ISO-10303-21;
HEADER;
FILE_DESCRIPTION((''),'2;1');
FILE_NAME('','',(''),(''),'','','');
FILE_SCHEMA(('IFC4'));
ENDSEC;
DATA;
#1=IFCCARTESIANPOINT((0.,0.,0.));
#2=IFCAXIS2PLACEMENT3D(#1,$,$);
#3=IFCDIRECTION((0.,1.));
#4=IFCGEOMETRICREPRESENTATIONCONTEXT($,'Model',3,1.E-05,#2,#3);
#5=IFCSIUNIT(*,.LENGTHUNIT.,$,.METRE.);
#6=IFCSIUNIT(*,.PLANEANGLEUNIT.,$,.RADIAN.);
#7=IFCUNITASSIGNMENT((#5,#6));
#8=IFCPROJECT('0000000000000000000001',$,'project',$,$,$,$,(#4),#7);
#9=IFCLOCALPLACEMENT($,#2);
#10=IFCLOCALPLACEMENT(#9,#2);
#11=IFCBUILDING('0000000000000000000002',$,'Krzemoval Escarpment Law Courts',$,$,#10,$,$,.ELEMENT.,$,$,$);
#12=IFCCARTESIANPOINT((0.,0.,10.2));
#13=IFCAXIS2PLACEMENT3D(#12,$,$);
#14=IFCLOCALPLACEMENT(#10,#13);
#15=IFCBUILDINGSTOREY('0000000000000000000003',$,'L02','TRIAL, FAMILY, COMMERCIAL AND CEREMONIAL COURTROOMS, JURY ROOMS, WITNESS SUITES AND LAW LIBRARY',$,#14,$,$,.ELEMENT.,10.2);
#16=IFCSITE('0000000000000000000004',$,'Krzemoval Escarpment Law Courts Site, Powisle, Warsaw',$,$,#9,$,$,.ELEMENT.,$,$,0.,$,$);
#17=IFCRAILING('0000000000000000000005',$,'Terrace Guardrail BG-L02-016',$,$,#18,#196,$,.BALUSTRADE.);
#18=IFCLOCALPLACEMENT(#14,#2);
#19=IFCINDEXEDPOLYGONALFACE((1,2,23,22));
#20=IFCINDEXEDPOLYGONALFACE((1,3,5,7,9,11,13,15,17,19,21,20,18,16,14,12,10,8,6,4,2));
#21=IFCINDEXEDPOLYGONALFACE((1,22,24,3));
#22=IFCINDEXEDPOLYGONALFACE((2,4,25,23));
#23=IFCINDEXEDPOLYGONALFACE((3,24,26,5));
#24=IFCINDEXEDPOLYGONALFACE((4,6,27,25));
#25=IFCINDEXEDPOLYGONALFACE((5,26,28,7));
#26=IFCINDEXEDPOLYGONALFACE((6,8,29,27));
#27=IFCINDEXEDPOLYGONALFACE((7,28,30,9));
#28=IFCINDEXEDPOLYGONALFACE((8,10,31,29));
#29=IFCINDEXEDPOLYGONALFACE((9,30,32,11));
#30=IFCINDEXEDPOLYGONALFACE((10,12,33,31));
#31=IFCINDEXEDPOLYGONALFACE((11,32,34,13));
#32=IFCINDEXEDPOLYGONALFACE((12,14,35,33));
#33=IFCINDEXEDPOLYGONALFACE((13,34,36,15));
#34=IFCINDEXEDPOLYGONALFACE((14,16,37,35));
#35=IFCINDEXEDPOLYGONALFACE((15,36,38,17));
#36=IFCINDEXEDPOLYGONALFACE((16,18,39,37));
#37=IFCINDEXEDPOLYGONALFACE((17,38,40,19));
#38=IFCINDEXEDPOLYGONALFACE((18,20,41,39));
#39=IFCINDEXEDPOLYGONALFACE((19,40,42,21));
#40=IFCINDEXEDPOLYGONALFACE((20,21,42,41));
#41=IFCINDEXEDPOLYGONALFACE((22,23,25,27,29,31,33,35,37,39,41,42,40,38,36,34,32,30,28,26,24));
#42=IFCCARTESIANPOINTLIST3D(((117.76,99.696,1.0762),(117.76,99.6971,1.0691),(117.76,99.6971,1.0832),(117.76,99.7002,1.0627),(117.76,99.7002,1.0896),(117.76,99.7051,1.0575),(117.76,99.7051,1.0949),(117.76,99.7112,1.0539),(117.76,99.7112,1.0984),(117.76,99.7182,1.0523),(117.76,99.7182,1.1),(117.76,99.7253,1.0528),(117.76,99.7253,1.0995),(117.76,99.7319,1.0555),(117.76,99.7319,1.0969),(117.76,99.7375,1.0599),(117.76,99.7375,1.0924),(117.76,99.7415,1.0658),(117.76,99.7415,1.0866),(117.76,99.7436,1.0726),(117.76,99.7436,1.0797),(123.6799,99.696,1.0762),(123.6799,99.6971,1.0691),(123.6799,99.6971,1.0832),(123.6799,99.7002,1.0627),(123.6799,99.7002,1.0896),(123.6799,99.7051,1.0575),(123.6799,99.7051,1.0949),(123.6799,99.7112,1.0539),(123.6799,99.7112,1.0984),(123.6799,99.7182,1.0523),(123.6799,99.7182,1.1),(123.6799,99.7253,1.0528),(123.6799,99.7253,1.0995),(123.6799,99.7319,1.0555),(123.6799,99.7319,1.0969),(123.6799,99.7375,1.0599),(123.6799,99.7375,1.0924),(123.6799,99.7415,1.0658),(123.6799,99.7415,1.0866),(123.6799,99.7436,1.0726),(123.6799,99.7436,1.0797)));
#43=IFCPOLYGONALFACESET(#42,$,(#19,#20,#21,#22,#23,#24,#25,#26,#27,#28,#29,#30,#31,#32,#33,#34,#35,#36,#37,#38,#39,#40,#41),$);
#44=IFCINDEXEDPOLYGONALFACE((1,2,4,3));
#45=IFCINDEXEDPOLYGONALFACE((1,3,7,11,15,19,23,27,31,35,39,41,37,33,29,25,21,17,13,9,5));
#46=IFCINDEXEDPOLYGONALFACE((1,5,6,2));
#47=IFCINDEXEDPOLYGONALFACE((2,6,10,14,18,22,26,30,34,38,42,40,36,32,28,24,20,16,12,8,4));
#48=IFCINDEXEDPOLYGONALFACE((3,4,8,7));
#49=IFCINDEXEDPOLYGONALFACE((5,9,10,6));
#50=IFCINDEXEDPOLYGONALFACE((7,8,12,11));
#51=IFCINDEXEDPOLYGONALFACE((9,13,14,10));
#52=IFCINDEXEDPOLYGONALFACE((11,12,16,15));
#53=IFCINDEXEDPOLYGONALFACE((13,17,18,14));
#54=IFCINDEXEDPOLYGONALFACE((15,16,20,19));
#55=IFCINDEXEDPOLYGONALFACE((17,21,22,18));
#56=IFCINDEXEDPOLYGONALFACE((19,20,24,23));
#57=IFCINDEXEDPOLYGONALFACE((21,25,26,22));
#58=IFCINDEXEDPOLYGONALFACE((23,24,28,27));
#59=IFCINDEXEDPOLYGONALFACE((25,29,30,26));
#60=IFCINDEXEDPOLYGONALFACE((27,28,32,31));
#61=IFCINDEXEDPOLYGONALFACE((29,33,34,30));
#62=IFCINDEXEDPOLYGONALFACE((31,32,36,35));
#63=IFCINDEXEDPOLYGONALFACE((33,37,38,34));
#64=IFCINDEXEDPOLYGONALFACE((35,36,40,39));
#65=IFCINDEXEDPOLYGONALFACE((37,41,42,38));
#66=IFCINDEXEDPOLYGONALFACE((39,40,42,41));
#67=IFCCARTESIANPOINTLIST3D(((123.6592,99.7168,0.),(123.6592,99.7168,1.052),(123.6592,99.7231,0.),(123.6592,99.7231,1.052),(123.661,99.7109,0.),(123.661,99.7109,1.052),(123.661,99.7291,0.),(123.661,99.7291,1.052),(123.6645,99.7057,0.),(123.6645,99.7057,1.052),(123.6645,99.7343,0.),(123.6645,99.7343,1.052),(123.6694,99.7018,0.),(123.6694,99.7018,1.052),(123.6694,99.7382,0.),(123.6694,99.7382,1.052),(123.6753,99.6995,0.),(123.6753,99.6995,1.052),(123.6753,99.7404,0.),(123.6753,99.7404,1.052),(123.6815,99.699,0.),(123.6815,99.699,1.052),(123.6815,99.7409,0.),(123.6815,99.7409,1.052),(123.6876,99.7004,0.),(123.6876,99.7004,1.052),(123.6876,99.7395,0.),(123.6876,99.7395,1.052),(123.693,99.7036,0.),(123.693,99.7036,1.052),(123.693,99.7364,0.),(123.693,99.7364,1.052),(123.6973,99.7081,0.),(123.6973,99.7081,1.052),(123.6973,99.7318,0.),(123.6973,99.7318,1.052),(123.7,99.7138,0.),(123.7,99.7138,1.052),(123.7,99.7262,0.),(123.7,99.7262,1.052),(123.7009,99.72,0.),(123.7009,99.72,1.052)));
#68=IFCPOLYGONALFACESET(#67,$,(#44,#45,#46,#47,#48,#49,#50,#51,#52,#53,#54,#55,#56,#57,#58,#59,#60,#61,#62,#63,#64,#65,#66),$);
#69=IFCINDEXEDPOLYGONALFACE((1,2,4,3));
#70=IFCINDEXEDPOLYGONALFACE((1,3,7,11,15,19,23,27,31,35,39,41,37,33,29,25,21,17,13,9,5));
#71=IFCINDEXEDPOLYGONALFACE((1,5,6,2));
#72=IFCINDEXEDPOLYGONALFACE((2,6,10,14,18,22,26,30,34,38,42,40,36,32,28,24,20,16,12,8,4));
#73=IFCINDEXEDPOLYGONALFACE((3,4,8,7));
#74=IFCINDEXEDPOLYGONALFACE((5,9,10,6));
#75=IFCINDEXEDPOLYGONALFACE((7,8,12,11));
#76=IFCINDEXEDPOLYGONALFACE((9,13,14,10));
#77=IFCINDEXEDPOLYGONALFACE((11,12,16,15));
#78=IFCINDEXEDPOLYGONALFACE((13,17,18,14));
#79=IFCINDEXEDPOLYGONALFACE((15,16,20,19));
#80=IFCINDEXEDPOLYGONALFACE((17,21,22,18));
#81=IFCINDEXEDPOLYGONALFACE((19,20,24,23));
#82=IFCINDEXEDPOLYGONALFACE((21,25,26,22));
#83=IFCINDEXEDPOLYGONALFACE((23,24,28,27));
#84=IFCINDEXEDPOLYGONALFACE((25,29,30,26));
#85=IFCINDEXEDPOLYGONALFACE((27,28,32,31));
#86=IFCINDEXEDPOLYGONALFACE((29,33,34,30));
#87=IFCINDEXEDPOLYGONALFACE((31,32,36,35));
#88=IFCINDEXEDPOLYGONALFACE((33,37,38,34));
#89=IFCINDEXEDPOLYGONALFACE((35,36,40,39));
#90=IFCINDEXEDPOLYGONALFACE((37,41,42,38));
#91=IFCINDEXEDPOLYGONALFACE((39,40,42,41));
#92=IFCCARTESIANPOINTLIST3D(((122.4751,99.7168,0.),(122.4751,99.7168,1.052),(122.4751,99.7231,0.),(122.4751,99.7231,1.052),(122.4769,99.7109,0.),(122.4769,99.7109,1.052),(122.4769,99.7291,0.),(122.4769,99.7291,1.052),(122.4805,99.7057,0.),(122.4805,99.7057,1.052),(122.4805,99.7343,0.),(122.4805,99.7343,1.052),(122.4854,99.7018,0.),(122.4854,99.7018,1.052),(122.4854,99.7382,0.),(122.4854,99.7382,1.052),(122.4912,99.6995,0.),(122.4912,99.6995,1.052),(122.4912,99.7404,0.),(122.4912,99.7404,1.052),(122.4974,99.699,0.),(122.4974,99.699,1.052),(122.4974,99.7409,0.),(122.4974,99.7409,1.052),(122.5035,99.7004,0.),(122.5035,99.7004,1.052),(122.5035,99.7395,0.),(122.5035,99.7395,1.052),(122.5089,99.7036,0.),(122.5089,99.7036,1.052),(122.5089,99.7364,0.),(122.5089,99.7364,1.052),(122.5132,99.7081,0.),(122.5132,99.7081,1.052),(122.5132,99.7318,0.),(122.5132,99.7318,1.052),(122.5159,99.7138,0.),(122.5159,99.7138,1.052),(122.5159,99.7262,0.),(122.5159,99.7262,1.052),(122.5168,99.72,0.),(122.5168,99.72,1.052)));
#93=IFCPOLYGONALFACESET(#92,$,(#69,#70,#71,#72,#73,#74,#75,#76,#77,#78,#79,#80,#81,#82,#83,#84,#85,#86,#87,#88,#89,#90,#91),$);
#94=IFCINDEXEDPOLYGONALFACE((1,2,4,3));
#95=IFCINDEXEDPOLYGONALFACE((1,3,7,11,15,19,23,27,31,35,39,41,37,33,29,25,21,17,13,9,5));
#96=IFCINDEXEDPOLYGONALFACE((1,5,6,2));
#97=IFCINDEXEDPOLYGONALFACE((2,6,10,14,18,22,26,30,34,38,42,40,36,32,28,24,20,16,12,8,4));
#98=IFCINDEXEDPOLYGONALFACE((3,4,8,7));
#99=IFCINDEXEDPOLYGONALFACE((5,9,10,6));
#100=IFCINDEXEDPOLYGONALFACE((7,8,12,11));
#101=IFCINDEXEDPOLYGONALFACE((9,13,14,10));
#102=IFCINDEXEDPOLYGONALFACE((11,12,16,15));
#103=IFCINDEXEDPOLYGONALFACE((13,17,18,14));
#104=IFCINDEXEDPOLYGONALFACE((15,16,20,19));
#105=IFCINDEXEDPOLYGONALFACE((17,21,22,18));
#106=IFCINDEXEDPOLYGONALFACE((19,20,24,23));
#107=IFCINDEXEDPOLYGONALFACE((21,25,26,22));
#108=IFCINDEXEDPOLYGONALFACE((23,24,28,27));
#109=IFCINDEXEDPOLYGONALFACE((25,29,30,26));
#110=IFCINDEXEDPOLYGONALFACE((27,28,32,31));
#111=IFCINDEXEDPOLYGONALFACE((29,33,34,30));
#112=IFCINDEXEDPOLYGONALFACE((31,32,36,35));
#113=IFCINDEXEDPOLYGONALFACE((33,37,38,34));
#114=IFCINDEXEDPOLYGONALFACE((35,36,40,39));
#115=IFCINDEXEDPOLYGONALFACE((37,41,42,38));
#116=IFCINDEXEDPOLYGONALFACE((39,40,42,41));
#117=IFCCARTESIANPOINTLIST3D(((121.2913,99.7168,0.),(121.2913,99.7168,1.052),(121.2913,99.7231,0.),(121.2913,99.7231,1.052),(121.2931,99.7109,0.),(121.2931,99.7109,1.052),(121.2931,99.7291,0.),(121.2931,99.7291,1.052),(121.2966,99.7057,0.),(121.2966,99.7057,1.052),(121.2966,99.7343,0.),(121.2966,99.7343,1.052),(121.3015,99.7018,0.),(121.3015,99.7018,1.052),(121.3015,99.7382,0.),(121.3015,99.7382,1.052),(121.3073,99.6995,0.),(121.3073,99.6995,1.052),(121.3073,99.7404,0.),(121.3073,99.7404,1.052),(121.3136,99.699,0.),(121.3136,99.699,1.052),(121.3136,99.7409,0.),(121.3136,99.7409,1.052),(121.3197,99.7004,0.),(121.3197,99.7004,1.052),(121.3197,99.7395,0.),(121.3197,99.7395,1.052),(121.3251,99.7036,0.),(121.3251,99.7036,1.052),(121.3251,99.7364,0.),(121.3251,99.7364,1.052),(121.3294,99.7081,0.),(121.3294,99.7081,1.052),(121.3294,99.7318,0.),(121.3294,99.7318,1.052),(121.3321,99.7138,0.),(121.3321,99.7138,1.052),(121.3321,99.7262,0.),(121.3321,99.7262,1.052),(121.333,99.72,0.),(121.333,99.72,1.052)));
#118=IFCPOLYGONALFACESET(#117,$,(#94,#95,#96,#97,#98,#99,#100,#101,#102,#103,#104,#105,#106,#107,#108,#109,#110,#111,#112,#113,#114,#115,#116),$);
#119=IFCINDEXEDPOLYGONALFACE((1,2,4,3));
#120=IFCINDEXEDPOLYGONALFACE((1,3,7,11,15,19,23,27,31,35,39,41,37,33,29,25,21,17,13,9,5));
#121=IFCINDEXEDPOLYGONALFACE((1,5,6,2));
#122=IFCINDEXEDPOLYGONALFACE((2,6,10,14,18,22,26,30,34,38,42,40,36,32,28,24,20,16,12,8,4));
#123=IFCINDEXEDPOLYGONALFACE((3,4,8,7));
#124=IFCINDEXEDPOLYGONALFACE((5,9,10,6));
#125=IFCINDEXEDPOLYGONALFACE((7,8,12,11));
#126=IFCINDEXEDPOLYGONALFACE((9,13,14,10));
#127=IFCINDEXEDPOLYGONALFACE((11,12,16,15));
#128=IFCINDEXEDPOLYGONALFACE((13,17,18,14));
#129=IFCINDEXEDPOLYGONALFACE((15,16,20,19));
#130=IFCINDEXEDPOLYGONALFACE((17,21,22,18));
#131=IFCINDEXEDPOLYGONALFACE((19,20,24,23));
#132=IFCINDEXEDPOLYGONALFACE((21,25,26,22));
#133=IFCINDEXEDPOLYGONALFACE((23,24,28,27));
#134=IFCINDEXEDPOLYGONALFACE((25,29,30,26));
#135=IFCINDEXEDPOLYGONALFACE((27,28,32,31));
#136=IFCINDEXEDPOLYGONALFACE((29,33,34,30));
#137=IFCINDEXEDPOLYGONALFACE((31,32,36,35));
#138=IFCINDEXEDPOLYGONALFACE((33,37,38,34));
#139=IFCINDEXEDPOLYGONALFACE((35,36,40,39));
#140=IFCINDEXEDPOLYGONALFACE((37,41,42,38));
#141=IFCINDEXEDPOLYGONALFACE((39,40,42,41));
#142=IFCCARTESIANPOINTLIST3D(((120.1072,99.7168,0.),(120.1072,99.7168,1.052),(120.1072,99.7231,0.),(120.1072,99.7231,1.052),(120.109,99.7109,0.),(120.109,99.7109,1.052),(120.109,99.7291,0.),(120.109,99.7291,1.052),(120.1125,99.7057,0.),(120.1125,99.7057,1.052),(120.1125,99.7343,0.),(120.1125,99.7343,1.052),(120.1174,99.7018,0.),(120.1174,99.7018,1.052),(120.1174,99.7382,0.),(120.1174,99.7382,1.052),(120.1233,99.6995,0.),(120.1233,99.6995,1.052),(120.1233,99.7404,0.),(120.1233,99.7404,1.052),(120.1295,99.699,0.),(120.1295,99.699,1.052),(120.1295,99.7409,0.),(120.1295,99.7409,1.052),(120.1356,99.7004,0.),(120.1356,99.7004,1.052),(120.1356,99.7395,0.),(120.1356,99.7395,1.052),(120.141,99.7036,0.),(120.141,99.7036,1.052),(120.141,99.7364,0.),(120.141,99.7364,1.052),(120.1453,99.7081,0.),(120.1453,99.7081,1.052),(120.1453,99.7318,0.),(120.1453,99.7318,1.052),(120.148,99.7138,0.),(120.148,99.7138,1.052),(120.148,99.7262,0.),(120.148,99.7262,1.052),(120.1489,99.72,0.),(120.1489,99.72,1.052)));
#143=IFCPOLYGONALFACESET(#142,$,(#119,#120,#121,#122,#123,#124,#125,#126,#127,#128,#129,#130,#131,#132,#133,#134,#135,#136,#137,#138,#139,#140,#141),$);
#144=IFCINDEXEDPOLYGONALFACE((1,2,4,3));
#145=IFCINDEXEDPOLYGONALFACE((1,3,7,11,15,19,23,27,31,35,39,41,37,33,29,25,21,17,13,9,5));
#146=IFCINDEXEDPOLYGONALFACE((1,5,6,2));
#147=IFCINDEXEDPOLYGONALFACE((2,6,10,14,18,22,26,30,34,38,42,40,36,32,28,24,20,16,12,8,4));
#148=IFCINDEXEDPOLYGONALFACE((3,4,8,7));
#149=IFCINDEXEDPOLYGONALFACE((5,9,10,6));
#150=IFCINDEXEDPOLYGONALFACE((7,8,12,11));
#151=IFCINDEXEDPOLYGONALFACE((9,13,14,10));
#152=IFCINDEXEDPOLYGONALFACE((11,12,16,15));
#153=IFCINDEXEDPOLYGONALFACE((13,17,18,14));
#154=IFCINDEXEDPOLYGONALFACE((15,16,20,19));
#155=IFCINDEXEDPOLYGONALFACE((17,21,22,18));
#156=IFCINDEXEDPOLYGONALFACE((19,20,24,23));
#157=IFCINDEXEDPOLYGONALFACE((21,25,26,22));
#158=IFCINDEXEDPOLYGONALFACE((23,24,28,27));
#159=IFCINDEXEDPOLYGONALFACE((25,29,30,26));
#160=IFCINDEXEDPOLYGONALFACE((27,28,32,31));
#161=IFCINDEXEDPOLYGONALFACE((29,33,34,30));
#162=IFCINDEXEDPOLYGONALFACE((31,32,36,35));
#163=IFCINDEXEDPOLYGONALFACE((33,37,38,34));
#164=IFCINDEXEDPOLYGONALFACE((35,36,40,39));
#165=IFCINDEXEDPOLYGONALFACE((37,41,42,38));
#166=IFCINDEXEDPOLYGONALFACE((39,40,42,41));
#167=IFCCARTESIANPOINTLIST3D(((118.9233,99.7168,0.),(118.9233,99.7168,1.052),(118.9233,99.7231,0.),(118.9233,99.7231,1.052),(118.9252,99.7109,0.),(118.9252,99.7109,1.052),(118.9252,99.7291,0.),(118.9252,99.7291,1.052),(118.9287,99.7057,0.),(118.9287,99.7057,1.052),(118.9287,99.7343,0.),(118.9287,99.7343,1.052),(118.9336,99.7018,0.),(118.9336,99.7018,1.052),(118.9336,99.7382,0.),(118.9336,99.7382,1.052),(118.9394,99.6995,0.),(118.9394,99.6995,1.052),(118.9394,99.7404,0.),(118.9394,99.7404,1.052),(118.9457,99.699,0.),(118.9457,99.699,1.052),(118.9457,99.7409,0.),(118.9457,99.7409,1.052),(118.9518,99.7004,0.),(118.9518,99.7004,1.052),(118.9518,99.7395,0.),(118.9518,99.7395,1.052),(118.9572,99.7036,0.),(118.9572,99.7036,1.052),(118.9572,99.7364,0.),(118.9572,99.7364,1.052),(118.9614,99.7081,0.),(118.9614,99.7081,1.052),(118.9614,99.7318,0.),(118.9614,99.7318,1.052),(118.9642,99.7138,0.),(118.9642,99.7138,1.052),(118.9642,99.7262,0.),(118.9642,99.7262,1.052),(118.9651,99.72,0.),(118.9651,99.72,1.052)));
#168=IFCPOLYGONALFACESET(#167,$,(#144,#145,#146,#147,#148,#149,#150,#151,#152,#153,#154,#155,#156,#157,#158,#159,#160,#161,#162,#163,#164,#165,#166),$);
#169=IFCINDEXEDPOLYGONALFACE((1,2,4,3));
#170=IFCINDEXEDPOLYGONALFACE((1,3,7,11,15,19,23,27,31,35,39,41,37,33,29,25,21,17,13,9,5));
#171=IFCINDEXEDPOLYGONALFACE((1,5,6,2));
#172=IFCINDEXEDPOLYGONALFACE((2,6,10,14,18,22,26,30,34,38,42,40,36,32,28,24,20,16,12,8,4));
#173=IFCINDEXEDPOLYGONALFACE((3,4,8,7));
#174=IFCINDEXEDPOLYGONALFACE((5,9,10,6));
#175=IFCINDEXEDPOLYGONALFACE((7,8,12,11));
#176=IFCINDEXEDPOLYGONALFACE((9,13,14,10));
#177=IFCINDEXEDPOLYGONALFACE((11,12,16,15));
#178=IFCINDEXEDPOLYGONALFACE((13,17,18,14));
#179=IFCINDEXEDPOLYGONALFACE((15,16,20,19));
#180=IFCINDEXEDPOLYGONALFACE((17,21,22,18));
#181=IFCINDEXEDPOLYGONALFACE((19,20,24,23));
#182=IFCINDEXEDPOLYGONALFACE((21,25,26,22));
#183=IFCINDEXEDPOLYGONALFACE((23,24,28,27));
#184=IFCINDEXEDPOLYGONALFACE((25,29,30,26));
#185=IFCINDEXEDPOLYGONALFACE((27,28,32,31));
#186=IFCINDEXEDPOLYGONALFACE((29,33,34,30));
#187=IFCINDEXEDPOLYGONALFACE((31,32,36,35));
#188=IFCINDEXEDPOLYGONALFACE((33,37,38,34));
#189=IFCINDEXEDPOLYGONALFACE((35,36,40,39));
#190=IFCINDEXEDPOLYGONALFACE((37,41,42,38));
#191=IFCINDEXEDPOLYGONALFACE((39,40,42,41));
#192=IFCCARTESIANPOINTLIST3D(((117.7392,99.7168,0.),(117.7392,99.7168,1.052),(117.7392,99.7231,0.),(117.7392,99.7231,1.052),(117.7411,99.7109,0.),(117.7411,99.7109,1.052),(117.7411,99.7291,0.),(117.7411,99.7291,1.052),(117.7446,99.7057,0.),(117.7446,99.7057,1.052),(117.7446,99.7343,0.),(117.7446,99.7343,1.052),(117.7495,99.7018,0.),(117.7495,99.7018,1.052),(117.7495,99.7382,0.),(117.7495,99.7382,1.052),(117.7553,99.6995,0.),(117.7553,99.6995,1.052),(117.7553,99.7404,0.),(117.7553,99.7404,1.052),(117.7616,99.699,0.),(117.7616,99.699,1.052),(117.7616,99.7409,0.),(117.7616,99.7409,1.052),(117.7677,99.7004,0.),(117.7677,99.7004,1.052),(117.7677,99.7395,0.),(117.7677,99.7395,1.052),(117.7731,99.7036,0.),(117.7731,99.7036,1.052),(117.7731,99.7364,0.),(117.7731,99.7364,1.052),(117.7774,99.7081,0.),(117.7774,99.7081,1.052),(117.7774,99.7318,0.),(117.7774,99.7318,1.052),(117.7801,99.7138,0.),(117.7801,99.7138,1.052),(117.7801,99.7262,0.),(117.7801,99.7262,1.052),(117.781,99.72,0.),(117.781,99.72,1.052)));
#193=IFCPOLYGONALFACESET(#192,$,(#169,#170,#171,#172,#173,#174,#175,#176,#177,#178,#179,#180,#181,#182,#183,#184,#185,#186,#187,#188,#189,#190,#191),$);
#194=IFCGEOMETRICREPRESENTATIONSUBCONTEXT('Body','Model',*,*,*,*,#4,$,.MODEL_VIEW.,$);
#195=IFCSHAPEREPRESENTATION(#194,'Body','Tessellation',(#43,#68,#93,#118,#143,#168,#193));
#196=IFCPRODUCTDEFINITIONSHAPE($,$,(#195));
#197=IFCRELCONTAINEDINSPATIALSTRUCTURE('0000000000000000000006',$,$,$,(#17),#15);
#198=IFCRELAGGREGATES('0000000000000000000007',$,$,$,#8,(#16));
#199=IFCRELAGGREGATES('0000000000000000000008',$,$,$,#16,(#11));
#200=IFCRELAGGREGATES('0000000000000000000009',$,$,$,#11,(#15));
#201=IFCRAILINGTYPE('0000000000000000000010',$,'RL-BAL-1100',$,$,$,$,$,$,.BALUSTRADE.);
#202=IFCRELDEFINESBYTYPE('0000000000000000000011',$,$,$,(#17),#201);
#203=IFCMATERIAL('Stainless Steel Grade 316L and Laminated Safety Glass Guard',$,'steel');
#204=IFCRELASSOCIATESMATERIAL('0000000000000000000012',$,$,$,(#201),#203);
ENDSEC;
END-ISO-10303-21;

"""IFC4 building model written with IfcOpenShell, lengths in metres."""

from ifc_helpers import new_model, si_unit, direction, frame, origin, origin_2d, place, context, subcontext, project, spatial, circle, extrude, material, type_object, element, save


model = new_model("IFC4")

# Units and contexts
model_context = context("Model", 3, precision=1e-05, world=origin(), true_north=direction((0.0, 1.0)))
body_context = subcontext(model_context, "Body", "Model", "MODEL_VIEW")
ifc_project = project(units=[si_unit("LENGTHUNIT", "METRE"), si_unit("PLANEANGLEUNIT", "RADIAN")], contexts=[model_context])

# Site, building, storey
site_placement = place(None, origin())
site = spatial("IfcSite", under=ifc_project, at=site_placement, Name="Krzemoval Escarpment Law Courts Site, Powisle, Warsaw", CompositionType="ELEMENT", RefElevation=0.0)
building_placement = place(site_placement, origin())
building = spatial("IfcBuilding", under=site, at=building_placement, Name="Krzemoval Escarpment Law Courts", CompositionType="ELEMENT")
storey_placement = place(building_placement, frame((0.0, 0.0, 10.2)))
storey = spatial("IfcBuildingStorey", under=building, at=storey_placement, Name="L02", Description="TRIAL, FAMILY, COMMERCIAL AND CEREMONIAL COURTROOMS, JURY ROOMS, WITNESS SUITES AND LAW LIBRARY", CompositionType="ELEMENT", Elevation=10.2)

# Railing
ifc_material_1 = material(Name="Stainless Steel Grade 316L and Laminated Safety Glass Guard", Category="steel")
railing_type = type_object("IfcRailingType", Name="RL-BAL-1100", PredefinedType="BALUSTRADE", material=ifc_material_1)
railing_1_placement = place(storey_placement, frame((123.6799, 99.72, 0.0)))
element("IfcRailing", 1, at=railing_1_placement, inside=storey, type_object=railing_type, Name="Terrace Guardrail BG-L02-016", PredefinedType="BALUSTRADE", context=body_context, shape_type="SweptSolid", body=[
    extrude(circle(Radius=0.0239, at=origin_2d()), frame((0.0, 0.0, 1.0762), z_axis=(-1.0, 0.0, 0.0), x_axis=(0.0, -1.0, 0.0)), (0.0, 0.0, 1.0), 5.9199),
    extrude(circle(Radius=0.021, at=origin_2d()), origin(), (0.0, 0.0, 1.0), 1.052),
    extrude(circle(Radius=0.021, at=origin_2d()), frame((-1.1841, 0.0, 0.0)), (0.0, 0.0, 1.0), 1.052),
    extrude(circle(Radius=0.021, at=origin_2d()), frame((-2.3679, 0.0, 0.0)), (0.0, 0.0, 1.0), 1.052),
    extrude(circle(Radius=0.021, at=origin_2d()), frame((-3.552, 0.0, 0.0)), (0.0, 0.0, 1.0), 1.052),
    extrude(circle(Radius=0.021, at=origin_2d()), frame((-4.7358, 0.0, 0.0)), (0.0, 0.0, 1.0), 1.052),
    extrude(circle(Radius=0.021, at=origin_2d()), frame((-5.9199, 0.0, 0.0)), (0.0, 0.0, 1.0), 1.052),
])

save(model, "model.ifc")
